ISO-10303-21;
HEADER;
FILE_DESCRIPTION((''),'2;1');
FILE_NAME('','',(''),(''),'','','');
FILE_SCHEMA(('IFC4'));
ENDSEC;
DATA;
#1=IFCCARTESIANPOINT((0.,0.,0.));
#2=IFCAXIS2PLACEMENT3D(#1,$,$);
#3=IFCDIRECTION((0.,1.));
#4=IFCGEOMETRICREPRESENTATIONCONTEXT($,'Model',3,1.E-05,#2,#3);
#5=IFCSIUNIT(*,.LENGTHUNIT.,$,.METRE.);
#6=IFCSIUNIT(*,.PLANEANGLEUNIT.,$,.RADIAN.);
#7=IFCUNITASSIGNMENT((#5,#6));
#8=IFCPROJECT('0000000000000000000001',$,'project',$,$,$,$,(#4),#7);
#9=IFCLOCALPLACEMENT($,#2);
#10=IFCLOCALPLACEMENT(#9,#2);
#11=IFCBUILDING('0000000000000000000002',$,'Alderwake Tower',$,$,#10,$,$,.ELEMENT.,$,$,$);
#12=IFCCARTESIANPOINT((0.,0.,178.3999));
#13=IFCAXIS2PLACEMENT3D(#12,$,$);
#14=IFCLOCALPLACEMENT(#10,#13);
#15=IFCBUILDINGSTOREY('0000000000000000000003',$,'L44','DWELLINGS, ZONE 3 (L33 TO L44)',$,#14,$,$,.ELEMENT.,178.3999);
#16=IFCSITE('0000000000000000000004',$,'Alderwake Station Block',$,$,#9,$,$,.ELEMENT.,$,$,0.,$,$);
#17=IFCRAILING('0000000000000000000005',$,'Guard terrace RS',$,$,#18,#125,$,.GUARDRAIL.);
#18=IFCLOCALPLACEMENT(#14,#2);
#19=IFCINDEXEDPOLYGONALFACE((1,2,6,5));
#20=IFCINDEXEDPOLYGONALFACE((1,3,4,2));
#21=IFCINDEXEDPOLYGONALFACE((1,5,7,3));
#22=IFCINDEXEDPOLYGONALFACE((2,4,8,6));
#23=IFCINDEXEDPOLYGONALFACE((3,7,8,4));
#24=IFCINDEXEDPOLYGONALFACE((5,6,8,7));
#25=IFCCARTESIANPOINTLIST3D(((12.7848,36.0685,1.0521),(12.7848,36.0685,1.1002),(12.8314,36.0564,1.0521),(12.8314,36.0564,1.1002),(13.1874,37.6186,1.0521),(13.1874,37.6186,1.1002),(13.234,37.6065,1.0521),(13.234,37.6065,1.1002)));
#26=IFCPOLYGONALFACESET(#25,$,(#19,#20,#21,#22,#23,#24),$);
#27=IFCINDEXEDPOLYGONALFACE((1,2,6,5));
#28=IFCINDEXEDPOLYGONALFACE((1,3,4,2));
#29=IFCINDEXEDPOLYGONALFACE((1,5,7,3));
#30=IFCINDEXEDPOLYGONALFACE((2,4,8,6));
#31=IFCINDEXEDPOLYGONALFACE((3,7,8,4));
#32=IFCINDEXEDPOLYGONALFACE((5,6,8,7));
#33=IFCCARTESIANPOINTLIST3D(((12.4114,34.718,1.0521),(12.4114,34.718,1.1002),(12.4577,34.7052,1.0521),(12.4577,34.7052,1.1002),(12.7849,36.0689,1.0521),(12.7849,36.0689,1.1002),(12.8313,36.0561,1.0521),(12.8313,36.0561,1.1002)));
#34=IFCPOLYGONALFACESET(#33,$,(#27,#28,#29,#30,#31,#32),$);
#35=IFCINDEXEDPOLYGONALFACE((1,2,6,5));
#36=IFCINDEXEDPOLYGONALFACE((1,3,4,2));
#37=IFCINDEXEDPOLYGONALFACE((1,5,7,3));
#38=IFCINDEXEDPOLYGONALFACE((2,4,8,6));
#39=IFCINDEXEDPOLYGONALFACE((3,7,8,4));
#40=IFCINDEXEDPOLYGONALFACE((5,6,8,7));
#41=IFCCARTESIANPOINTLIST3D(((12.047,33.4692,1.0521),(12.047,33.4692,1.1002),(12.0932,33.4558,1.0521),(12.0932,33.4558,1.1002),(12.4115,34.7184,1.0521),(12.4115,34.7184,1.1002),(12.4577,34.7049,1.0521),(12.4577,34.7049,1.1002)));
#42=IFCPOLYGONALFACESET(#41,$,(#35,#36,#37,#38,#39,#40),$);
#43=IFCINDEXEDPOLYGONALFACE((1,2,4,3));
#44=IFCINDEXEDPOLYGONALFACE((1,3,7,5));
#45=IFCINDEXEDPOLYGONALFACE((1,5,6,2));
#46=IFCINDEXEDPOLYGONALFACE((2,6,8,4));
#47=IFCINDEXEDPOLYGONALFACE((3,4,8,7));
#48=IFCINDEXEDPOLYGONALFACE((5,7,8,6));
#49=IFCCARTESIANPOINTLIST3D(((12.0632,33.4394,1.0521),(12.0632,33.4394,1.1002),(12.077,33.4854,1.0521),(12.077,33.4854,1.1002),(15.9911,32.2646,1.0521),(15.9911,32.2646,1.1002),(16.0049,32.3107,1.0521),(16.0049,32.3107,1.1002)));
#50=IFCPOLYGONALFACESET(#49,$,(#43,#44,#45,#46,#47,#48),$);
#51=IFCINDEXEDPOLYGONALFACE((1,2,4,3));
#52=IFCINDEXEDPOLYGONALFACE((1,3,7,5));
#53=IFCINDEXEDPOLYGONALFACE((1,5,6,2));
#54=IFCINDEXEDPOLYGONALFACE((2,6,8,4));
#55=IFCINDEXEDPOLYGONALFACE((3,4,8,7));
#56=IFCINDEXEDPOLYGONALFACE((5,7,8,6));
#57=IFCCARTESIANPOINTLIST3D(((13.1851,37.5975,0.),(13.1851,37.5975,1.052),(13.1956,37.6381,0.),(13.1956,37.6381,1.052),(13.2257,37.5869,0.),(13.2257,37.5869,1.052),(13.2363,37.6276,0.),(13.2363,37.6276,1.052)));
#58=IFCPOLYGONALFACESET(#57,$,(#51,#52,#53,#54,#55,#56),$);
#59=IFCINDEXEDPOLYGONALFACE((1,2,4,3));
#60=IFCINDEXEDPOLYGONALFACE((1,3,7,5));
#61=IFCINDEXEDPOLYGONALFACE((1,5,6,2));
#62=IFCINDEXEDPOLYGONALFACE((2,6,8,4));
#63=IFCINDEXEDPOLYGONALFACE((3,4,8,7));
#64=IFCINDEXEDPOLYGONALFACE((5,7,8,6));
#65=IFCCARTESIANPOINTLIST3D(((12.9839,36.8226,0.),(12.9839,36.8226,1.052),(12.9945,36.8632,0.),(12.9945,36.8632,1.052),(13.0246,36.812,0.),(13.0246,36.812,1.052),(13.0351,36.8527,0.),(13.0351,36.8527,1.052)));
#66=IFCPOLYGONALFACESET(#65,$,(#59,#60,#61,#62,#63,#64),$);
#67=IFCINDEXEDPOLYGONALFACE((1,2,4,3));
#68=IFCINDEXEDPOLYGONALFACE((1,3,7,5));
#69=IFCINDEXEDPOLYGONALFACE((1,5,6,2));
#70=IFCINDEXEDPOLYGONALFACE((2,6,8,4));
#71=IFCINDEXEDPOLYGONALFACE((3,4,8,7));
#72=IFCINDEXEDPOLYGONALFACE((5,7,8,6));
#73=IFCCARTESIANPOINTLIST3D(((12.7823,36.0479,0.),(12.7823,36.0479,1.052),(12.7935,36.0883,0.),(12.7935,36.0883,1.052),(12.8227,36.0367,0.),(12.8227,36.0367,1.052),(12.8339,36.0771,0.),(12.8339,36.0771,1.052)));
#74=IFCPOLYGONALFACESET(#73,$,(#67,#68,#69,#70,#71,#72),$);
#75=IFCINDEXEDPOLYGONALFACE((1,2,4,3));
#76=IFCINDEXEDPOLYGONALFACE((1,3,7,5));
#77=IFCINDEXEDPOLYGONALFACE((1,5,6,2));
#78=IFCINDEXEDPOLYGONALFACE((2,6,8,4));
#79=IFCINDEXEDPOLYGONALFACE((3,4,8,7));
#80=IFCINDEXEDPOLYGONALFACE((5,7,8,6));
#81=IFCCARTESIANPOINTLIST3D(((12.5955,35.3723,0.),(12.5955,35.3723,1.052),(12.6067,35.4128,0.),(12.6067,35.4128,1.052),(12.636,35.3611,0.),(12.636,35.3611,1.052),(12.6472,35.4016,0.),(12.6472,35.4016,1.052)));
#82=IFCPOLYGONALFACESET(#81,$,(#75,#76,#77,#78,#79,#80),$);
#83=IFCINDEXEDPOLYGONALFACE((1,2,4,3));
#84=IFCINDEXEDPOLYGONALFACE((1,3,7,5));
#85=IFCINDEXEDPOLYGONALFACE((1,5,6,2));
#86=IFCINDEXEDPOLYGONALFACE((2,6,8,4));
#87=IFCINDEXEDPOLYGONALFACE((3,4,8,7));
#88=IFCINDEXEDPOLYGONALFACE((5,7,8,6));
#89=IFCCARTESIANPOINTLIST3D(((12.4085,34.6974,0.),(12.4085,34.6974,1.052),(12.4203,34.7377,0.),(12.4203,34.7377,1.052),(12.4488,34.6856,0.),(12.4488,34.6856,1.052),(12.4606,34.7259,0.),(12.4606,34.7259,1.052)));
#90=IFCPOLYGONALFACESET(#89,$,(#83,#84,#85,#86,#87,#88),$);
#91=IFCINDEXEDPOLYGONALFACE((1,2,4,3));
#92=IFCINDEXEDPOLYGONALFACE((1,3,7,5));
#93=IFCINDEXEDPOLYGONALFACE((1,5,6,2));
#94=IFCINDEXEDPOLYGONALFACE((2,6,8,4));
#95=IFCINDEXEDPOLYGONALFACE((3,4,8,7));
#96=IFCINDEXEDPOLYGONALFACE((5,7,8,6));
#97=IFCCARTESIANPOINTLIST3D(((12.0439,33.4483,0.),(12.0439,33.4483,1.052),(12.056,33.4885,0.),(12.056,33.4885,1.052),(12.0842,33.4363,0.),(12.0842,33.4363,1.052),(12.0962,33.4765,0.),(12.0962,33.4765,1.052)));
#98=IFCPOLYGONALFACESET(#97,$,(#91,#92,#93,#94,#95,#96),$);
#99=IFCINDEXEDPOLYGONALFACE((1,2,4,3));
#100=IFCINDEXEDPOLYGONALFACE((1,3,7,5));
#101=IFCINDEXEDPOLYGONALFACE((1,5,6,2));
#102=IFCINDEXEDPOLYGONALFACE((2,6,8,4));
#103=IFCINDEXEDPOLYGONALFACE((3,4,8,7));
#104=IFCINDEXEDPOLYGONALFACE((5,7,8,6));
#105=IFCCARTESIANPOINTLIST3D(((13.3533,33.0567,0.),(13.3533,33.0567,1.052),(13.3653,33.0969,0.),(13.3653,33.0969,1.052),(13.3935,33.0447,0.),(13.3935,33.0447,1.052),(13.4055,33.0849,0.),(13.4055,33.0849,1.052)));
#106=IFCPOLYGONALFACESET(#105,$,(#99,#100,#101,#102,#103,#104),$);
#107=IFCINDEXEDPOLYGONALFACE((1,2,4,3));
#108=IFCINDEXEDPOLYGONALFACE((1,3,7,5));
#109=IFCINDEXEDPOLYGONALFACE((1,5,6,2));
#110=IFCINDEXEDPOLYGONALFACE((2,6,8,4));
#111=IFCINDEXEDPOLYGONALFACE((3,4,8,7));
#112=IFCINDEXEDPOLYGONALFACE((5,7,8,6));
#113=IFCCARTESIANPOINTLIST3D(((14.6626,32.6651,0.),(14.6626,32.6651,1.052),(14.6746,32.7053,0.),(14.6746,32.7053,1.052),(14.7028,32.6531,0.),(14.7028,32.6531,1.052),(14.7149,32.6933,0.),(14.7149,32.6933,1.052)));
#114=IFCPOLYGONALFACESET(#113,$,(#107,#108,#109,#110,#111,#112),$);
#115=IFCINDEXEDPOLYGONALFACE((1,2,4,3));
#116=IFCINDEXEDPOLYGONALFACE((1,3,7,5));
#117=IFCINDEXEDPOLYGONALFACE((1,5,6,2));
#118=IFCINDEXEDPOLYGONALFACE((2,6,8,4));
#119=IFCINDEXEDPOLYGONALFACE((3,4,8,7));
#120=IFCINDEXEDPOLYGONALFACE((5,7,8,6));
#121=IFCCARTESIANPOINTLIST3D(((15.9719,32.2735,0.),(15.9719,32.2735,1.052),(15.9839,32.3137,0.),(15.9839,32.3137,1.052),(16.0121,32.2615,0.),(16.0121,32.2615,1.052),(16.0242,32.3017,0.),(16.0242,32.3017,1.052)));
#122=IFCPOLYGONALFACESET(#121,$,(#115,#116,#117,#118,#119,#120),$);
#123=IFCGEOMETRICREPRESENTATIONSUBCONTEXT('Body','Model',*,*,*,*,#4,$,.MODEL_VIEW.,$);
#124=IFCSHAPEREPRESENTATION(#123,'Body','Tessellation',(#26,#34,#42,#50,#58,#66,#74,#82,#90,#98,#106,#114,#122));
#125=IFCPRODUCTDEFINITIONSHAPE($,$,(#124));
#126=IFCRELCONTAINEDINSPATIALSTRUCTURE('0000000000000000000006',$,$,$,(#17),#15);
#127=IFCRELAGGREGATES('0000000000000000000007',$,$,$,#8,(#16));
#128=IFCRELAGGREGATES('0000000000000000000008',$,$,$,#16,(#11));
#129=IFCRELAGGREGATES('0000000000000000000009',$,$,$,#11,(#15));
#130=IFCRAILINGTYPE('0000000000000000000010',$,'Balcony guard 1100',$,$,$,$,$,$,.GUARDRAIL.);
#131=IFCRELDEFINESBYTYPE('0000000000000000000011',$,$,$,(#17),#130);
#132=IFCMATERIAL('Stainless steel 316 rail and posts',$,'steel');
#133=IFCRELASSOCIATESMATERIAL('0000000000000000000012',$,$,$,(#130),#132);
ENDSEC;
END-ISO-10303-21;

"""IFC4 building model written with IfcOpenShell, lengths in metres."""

from ifc_helpers import new_model, si_unit, direction, frame, origin, origin_2d, place, context, subcontext, project, spatial, rectangle, extrude, material, type_object, element, save


model = new_model("IFC4")

# Units and contexts
model_context = context("Model", 3, precision=1e-05, world=origin(), true_north=direction((0.0, 1.0)))
body_context = subcontext(model_context, "Body", "Model", "MODEL_VIEW")
ifc_project = project(units=[si_unit("LENGTHUNIT", "METRE"), si_unit("PLANEANGLEUNIT", "RADIAN")], contexts=[model_context])

# Site, building, storey
site_placement = place(None, origin())
site = spatial("IfcSite", under=ifc_project, at=site_placement, Name="Alderwake Station Block", CompositionType="ELEMENT", RefElevation=0.0)
building_placement = place(site_placement, origin())
building = spatial("IfcBuilding", under=site, at=building_placement, Name="Alderwake Tower", CompositionType="ELEMENT")
storey_placement = place(building_placement, frame((0.0, 0.0, 178.3999)))
storey = spatial("IfcBuildingStorey", under=building, at=storey_placement, Name="L44", Description="DWELLINGS, ZONE 3 (L33 TO L44)", CompositionType="ELEMENT", Elevation=178.3999)

# Railing
ifc_material_1 = material(Name="Stainless steel 316 rail and posts", Category="steel")
railing_type = type_object("IfcRailingType", Name="Balcony guard 1100", PredefinedType="GUARDRAIL", material=ifc_material_1)
railing_placement = place(storey_placement, frame((13.2107, 37.6125, 0.0)))
element("IfcRailing", 1, at=railing_placement, inside=storey, type_object=railing_type, Name="Guard terrace RS", PredefinedType="GUARDRAIL", context=body_context, shape_type="SweptSolid", body=[
    extrude(rectangle(XDim=0.0481, YDim=0.0481, at=origin_2d()), frame((0.0, 0.0, 1.0762), z_axis=(-0.251385, -0.967887, 0.0), x_axis=(0.967887, -0.251385, 0.0)), (0.0, 0.0, 1.0), 1.6016),
    extrude(rectangle(XDim=0.0481, YDim=0.0481, at=origin_2d()), frame((-0.4026, -1.55, 1.0762), z_axis=(-0.266521, -0.963829, 0.0), x_axis=(0.963829, -0.266521, 0.0)), (0.0, 0.0, 1.0), 1.4016),
    extrude(rectangle(XDim=0.0481, YDim=0.0481, at=origin_2d()), frame((-0.7761, -2.9009, 1.0762), z_axis=(-0.280094, -0.959973, 0.0), x_axis=(0.959973, -0.280094, 0.0)), (0.0, 0.0, 1.0), 1.3013),
    extrude(rectangle(XDim=0.0481, YDim=0.0481, at=origin_2d()), frame((-1.1406, -4.1501, 1.0762), z_axis=(0.958067, -0.286545, 0.0), x_axis=(0.286545, 0.958067, 0.0)), (0.0, 0.0, 1.0), 4.0999),
    extrude(rectangle(XDim=0.042, YDim=0.042, at=origin_2d()), frame((0.0, 0.0, 0.0), z_axis=(0.0, 0.0, 1.0), x_axis=(-0.251385, -0.967887, 0.0)), (0.0, 0.0, 1.0), 1.052),
    extrude(rectangle(XDim=0.042, YDim=0.042, at=origin_2d()), frame((-0.2012, -0.7749, 0.0), z_axis=(0.0, 0.0, 1.0), x_axis=(-0.251385, -0.967887, 0.0)), (0.0, 0.0, 1.0), 1.052),
    extrude(rectangle(XDim=0.042, YDim=0.042, at=origin_2d()), frame((-0.4026, -1.55, 0.0), z_axis=(0.0, 0.0, 1.0), x_axis=(-0.266521, -0.963829, 0.0)), (0.0, 0.0, 1.0), 1.052),
    extrude(rectangle(XDim=0.042, YDim=0.042, at=origin_2d()), frame((-0.5894, -2.2256, 0.0), z_axis=(0.0, 0.0, 1.0), x_axis=(-0.266521, -0.963829, 0.0)), (0.0, 0.0, 1.0), 1.052),
    extrude(rectangle(XDim=0.042, YDim=0.042, at=origin_2d()), frame((-0.7761, -2.9009, 0.0), z_axis=(0.0, 0.0, 1.0), x_axis=(-0.280094, -0.959973, 0.0)), (0.0, 0.0, 1.0), 1.052),
    extrude(rectangle(XDim=0.042, YDim=0.042, at=origin_2d()), frame((-1.1406, -4.1501, 0.0), z_axis=(0.0, 0.0, 1.0), x_axis=(0.958067, -0.286545, 0.0)), (0.0, 0.0, 1.0), 1.052),
    extrude(rectangle(XDim=0.042, YDim=0.042, at=origin_2d()), frame((0.1687, -4.5417, 0.0), z_axis=(0.0, 0.0, 1.0), x_axis=(0.958067, -0.286545, 0.0)), (0.0, 0.0, 1.0), 1.052),
    extrude(rectangle(XDim=0.042, YDim=0.042, at=origin_2d()), frame((1.478, -4.9333, 0.0), z_axis=(0.0, 0.0, 1.0), x_axis=(0.958067, -0.286545, 0.0)), (0.0, 0.0, 1.0), 1.052),
    extrude(rectangle(XDim=0.042, YDim=0.042, at=origin_2d()), frame((2.7874, -5.325, 0.0), z_axis=(0.0, 0.0, 1.0), x_axis=(0.958067, -0.286545, 0.0)), (0.0, 0.0, 1.0), 1.052),
])

save(model, "model.ifc")
